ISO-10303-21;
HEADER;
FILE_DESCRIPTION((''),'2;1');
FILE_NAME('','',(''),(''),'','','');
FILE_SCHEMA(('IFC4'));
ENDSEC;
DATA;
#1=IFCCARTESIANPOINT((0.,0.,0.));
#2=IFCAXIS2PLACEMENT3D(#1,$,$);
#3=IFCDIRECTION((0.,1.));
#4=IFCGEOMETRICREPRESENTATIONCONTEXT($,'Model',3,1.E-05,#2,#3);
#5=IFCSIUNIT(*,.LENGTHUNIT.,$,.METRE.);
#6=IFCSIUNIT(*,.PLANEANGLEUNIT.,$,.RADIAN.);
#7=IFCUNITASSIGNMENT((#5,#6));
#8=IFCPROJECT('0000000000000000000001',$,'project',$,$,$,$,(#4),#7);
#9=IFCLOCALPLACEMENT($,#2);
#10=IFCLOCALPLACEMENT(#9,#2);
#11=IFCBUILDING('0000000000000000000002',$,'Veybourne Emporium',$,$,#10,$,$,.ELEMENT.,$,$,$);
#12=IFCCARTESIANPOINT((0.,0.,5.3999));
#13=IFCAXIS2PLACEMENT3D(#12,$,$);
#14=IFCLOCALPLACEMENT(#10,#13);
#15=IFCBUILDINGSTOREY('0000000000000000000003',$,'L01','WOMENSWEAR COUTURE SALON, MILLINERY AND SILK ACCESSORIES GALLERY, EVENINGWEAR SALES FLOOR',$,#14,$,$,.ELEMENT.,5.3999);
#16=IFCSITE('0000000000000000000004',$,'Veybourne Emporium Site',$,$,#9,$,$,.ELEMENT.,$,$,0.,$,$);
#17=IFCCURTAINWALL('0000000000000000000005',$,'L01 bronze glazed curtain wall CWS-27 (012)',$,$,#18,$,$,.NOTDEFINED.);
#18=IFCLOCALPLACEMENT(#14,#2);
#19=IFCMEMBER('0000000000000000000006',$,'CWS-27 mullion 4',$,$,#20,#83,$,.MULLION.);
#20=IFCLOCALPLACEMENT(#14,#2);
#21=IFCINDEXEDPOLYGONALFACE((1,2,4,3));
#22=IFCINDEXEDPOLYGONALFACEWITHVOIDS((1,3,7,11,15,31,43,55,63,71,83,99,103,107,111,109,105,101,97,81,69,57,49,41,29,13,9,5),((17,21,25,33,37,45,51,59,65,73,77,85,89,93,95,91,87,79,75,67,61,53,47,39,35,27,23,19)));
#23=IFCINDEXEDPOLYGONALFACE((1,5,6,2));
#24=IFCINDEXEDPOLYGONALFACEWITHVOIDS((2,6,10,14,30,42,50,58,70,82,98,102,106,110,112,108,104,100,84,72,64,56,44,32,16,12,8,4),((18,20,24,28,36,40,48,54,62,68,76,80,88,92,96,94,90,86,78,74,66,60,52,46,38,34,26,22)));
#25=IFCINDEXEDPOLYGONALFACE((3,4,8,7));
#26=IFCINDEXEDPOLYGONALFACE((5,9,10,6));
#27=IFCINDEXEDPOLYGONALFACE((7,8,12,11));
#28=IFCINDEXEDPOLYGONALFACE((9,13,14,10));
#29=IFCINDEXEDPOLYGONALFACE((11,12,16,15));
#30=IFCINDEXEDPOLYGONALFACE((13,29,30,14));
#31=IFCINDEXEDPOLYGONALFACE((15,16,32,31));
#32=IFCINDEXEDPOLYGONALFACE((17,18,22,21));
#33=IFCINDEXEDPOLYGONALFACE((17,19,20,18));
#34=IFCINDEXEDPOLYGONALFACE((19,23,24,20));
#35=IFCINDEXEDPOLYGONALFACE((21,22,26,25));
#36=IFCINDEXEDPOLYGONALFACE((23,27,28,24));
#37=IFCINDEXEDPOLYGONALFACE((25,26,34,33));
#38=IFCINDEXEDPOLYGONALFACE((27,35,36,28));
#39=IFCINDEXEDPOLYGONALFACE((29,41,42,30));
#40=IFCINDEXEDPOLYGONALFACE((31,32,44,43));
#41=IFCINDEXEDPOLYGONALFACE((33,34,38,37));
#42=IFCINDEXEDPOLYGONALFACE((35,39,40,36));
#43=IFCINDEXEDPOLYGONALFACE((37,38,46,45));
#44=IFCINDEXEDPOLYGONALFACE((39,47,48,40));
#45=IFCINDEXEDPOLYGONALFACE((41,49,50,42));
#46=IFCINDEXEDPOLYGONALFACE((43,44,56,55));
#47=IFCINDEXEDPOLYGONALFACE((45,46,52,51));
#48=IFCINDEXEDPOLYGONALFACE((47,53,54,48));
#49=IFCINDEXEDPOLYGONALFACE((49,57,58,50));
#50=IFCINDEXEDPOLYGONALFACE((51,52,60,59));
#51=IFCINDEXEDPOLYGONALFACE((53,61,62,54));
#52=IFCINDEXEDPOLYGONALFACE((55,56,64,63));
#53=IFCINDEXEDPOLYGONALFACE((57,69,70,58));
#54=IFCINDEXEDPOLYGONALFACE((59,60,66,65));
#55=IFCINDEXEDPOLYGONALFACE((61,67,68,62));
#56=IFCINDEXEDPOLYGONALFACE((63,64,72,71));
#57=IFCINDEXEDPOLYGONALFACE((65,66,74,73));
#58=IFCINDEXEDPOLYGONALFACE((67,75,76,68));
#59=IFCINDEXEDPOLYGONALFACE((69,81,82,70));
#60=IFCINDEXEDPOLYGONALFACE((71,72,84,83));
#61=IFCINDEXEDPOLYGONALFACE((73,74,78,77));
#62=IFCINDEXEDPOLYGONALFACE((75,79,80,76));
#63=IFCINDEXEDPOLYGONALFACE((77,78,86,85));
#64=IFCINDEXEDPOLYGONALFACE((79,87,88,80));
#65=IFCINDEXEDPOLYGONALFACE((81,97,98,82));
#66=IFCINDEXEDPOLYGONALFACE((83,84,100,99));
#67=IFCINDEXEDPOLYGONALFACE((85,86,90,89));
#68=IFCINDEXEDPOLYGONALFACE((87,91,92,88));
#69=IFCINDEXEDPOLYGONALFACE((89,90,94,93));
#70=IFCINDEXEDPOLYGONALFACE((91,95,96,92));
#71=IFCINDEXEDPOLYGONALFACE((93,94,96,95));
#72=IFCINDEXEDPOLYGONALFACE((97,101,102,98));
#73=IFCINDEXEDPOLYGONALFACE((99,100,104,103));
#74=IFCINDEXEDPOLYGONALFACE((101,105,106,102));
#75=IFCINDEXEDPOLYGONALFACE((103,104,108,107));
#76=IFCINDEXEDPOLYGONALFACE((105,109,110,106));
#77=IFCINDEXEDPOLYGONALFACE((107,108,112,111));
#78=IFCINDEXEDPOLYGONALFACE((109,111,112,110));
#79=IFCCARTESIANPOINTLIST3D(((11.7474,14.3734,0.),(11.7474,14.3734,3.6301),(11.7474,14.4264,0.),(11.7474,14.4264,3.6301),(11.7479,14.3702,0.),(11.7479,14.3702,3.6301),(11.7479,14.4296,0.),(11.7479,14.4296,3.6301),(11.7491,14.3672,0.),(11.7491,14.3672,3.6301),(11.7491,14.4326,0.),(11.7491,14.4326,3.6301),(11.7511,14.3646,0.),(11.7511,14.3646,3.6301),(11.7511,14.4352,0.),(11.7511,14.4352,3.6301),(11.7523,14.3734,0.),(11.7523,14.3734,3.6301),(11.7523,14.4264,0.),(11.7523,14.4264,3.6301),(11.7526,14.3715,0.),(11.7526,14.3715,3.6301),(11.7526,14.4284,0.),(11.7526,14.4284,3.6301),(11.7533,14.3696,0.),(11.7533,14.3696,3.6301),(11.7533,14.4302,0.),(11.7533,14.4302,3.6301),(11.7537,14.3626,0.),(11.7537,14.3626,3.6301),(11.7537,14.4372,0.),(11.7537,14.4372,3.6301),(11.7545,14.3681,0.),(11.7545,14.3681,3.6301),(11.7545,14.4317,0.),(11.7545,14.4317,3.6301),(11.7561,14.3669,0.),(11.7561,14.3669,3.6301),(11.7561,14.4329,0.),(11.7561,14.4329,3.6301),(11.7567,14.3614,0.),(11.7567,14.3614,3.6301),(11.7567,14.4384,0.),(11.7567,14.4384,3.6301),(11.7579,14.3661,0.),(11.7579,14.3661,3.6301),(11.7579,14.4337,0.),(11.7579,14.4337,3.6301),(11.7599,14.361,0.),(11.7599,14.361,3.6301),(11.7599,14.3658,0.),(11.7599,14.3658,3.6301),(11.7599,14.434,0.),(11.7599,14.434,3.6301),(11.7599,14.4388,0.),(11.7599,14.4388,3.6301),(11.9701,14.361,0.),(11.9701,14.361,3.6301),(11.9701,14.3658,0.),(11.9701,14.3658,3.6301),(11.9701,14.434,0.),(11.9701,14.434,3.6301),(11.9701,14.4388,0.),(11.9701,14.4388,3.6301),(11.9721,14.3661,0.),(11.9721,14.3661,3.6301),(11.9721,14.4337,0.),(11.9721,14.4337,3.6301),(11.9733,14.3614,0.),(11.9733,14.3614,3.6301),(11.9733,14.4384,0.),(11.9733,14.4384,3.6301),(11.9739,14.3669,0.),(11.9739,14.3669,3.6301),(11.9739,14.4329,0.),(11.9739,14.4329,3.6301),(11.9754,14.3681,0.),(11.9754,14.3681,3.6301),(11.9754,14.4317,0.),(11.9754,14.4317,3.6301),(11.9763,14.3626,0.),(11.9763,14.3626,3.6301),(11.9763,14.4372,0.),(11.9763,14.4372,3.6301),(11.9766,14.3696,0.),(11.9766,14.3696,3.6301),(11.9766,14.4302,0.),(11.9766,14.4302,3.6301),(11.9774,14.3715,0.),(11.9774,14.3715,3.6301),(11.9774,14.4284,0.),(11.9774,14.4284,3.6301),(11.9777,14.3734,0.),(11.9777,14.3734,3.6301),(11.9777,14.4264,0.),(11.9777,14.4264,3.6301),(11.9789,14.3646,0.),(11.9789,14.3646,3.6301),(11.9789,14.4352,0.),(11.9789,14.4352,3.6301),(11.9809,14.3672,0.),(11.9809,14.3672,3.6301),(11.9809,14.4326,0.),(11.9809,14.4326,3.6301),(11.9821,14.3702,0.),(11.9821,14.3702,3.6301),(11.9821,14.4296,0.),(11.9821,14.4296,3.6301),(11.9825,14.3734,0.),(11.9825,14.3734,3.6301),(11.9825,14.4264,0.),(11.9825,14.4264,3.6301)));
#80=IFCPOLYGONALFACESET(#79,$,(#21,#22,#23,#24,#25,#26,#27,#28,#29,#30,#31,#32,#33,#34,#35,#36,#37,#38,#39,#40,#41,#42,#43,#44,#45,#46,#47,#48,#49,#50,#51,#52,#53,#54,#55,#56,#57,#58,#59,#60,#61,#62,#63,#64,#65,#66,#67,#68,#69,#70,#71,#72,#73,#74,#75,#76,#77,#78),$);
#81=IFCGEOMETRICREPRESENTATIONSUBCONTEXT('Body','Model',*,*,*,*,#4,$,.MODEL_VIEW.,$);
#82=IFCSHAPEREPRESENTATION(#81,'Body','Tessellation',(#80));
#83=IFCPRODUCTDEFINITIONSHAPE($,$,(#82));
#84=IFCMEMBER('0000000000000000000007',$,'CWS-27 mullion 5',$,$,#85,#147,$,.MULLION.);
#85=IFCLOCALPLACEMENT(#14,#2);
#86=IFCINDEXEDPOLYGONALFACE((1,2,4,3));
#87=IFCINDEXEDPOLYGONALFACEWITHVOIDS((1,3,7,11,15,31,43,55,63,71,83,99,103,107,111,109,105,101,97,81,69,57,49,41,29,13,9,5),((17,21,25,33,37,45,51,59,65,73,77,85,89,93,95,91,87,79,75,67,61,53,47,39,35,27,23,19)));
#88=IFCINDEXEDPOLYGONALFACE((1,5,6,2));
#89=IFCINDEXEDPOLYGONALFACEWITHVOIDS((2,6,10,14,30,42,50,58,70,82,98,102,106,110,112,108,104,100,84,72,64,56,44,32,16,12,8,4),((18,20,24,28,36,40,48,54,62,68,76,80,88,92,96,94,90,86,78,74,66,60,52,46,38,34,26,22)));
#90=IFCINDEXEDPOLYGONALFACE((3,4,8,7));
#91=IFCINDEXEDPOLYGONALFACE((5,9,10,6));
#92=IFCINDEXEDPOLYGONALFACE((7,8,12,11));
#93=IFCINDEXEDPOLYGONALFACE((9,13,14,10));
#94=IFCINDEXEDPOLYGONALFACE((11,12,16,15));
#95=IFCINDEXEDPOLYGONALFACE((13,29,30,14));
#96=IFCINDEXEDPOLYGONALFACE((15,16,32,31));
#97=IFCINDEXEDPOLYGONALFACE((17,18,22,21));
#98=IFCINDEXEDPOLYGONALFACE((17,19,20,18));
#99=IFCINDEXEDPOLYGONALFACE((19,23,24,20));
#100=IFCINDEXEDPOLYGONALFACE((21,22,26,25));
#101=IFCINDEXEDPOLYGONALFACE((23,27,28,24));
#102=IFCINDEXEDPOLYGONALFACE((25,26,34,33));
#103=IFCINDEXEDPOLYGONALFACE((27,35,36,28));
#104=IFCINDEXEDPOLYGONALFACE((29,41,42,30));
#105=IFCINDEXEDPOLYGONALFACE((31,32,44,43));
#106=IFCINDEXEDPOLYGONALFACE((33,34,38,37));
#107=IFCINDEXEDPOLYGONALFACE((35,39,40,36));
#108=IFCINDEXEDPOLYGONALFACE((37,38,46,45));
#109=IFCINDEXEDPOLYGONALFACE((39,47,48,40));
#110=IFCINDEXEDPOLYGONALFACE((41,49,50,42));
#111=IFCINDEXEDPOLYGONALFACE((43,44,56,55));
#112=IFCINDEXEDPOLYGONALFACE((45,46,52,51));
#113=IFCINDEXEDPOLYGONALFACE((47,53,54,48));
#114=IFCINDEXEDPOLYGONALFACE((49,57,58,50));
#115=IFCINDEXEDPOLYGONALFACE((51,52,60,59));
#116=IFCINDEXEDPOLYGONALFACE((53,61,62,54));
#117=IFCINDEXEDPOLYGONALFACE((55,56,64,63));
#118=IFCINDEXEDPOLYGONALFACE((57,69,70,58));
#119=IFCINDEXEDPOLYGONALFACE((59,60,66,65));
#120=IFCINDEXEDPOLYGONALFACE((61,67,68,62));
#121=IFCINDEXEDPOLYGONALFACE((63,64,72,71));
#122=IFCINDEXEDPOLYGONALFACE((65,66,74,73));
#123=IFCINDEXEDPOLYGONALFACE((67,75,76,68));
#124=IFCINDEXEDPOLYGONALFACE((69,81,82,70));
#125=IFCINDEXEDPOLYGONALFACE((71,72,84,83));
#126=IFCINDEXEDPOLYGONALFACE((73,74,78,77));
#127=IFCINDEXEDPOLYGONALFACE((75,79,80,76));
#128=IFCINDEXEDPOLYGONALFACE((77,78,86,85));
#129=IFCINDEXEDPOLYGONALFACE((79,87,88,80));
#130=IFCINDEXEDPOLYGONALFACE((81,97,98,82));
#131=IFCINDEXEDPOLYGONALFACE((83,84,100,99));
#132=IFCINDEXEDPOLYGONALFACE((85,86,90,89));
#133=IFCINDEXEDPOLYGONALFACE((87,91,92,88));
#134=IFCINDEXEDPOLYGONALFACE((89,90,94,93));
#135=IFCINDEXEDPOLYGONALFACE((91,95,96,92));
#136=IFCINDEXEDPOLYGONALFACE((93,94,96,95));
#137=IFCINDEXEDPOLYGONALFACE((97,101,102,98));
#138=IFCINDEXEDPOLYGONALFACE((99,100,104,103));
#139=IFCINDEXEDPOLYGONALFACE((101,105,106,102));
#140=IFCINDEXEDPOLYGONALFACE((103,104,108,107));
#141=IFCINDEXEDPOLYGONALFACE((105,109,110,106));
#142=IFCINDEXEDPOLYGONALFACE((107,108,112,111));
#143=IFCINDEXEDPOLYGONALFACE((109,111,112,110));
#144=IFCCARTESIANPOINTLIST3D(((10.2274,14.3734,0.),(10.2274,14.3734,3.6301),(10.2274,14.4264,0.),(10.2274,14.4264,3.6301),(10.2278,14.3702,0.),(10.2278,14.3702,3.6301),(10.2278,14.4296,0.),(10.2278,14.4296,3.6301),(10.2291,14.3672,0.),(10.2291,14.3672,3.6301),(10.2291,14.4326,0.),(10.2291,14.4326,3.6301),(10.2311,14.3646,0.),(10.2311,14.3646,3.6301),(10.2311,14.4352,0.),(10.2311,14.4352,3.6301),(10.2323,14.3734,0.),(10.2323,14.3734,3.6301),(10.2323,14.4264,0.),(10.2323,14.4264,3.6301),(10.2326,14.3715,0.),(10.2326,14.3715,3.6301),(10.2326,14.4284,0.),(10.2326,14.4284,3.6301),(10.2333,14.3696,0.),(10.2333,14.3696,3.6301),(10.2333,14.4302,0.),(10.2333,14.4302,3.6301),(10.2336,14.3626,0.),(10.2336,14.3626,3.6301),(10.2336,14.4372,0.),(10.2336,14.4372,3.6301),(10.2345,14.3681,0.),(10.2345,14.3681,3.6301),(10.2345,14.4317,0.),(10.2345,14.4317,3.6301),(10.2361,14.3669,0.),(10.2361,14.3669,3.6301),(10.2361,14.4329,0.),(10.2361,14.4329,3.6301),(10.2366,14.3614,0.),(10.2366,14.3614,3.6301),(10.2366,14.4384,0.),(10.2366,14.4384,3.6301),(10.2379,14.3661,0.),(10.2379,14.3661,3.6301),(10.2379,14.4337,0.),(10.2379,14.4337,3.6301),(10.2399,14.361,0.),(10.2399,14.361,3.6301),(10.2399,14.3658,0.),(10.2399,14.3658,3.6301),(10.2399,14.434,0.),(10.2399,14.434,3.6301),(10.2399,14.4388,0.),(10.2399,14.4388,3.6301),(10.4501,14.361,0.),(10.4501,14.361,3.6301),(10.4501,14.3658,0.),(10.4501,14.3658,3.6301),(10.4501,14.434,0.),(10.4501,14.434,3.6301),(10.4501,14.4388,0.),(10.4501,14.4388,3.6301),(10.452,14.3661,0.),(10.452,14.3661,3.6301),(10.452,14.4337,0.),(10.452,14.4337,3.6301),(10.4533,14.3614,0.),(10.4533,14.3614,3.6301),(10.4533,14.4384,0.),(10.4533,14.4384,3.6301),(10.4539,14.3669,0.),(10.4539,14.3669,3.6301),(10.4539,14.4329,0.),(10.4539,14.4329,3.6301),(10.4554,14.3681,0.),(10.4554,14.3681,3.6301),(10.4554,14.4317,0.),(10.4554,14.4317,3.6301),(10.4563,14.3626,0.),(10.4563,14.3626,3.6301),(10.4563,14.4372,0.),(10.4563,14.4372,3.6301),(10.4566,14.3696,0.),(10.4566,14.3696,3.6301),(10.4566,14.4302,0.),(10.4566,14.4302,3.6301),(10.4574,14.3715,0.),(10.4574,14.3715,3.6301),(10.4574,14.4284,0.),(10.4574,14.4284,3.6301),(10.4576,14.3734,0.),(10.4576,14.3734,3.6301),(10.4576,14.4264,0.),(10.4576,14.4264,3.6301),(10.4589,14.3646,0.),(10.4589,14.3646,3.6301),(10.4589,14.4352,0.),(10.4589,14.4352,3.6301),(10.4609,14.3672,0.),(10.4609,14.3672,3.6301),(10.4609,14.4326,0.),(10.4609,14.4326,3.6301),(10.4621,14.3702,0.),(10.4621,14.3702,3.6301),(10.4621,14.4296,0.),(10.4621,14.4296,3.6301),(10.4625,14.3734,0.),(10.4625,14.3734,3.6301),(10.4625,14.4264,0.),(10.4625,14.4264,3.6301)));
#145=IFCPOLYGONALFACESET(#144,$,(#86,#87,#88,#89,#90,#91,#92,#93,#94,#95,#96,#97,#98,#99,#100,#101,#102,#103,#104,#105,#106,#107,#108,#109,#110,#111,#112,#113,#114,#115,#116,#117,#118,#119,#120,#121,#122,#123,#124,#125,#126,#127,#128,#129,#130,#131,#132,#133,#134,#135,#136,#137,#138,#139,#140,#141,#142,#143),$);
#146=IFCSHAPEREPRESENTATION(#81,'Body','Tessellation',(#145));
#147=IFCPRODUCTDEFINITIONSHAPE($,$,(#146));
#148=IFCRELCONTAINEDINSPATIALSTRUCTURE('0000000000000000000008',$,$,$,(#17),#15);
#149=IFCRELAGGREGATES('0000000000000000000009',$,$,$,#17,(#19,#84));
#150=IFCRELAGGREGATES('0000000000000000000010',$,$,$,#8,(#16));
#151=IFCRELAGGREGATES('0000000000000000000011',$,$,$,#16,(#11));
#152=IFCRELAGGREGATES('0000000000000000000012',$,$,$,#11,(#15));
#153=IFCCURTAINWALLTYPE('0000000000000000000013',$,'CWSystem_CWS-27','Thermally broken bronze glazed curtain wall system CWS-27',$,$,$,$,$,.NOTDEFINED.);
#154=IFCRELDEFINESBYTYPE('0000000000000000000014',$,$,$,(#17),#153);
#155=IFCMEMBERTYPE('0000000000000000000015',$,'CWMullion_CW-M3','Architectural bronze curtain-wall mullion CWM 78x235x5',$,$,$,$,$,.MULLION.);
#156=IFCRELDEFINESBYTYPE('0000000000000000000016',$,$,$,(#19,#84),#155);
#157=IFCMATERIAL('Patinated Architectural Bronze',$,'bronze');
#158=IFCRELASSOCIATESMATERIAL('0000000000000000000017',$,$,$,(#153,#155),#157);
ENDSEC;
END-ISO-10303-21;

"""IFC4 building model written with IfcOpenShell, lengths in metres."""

from ifc_helpers import new_model, si_unit, direction, frame, origin, origin_2d, place, context, subcontext, project, spatial, hollow_rectangle, extrude, material, material_profile, profile_set, type_object, element, aggregate, save


model = new_model("IFC4")

# Units and contexts
model_context = context("Model", 3, precision=1e-05, world=origin(), true_north=direction((0.0, 1.0)))
body_context = subcontext(model_context, "Body", "Model", "MODEL_VIEW")
ifc_project = project(units=[si_unit("LENGTHUNIT", "METRE"), si_unit("PLANEANGLEUNIT", "RADIAN")], contexts=[model_context])

# Site, building, storey
site_placement = place(None, origin())
site = spatial("IfcSite", under=ifc_project, at=site_placement, Name="Veybourne Emporium Site", CompositionType="ELEMENT", RefElevation=0.0)
building_placement = place(site_placement, origin())
building = spatial("IfcBuilding", under=site, at=building_placement, Name="Veybourne Emporium", CompositionType="ELEMENT")
storey_placement = place(building_placement, frame((0.0, 0.0, 5.3999)))
storey = spatial("IfcBuildingStorey", under=building, at=storey_placement, Name="L01", Description="WOMENSWEAR COUTURE SALON, MILLINERY AND SILK ACCESSORIES GALLERY, EVENINGWEAR SALES FLOOR", CompositionType="ELEMENT", Elevation=5.3999)

# Curtain wall, members
ifc_material_1 = material(Name="Patinated Architectural Bronze", Category="bronze")
curtain_wall_type = type_object("IfcCurtainWallType", Name="CWSystem_CWS-27", Description="Thermally broken bronze glazed curtain wall system CWS-27", PredefinedType="NOTDEFINED", material=ifc_material_1)
curtain_wall_placement = place(storey_placement, origin())
curtain_wall = element("IfcCurtainWall", 1, at=curtain_wall_placement, inside=storey, type_object=curtain_wall_type, Name="L01 bronze glazed curtain wall CWS-27 (012)", PredefinedType="NOTDEFINED")
ifc_material_profile_1 = material_profile(ifc_material_1, hollow_rectangle(XDim=0.0779, YDim=0.2351, WallThickness=0.0049, InnerFilletRadius=0.0076, OuterFilletRadius=0.0125, at=origin_2d()), Name="CWM 78x235x5")
ifc_profile_set_1 = profile_set([ifc_material_profile_1], Name="Patinated Architectural Bronze")
member_type_1 = type_object("IfcMemberType", Name="CWMullion_CW-M3", Description="Architectural bronze curtain-wall mullion CWM 78x235x5", PredefinedType="MULLION", material=ifc_profile_set_1)
member_1_placement = place(storey_placement, frame((11.865, 14.3999, 0.0), z_axis=(0.0, 0.0, 1.0), x_axis=(0.0, -1.0, 0.0)))
member_1 = element("IfcMember", 2, at=member_1_placement, type_object=member_type_1, Name="CWS-27 mullion 4", PredefinedType="MULLION", context=body_context, shape_type="SweptSolid", body=[
    extrude(hollow_rectangle(XDim=0.0779, YDim=0.2351, WallThickness=0.0049, InnerFilletRadius=0.0076, OuterFilletRadius=0.0125, at=origin_2d()), origin(), (0.0, 0.0, 1.0), 3.6301),
])
member_2_placement = place(storey_placement, frame((10.345, 14.3999, 0.0), z_axis=(0.0, 0.0, 1.0), x_axis=(0.0, -1.0, 0.0)))
member_2 = element("IfcMember", 3, at=member_2_placement, type_object=member_type_1, Name="CWS-27 mullion 5", PredefinedType="MULLION", context=body_context, shape_type="SweptSolid", body=[
    extrude(hollow_rectangle(XDim=0.0779, YDim=0.2351, WallThickness=0.0049, InnerFilletRadius=0.0076, OuterFilletRadius=0.0125, at=origin_2d()), origin(), (0.0, 0.0, 1.0), 3.6301),
])
aggregate(curtain_wall, [member_1, member_2])

save(model, "model.ifc")
